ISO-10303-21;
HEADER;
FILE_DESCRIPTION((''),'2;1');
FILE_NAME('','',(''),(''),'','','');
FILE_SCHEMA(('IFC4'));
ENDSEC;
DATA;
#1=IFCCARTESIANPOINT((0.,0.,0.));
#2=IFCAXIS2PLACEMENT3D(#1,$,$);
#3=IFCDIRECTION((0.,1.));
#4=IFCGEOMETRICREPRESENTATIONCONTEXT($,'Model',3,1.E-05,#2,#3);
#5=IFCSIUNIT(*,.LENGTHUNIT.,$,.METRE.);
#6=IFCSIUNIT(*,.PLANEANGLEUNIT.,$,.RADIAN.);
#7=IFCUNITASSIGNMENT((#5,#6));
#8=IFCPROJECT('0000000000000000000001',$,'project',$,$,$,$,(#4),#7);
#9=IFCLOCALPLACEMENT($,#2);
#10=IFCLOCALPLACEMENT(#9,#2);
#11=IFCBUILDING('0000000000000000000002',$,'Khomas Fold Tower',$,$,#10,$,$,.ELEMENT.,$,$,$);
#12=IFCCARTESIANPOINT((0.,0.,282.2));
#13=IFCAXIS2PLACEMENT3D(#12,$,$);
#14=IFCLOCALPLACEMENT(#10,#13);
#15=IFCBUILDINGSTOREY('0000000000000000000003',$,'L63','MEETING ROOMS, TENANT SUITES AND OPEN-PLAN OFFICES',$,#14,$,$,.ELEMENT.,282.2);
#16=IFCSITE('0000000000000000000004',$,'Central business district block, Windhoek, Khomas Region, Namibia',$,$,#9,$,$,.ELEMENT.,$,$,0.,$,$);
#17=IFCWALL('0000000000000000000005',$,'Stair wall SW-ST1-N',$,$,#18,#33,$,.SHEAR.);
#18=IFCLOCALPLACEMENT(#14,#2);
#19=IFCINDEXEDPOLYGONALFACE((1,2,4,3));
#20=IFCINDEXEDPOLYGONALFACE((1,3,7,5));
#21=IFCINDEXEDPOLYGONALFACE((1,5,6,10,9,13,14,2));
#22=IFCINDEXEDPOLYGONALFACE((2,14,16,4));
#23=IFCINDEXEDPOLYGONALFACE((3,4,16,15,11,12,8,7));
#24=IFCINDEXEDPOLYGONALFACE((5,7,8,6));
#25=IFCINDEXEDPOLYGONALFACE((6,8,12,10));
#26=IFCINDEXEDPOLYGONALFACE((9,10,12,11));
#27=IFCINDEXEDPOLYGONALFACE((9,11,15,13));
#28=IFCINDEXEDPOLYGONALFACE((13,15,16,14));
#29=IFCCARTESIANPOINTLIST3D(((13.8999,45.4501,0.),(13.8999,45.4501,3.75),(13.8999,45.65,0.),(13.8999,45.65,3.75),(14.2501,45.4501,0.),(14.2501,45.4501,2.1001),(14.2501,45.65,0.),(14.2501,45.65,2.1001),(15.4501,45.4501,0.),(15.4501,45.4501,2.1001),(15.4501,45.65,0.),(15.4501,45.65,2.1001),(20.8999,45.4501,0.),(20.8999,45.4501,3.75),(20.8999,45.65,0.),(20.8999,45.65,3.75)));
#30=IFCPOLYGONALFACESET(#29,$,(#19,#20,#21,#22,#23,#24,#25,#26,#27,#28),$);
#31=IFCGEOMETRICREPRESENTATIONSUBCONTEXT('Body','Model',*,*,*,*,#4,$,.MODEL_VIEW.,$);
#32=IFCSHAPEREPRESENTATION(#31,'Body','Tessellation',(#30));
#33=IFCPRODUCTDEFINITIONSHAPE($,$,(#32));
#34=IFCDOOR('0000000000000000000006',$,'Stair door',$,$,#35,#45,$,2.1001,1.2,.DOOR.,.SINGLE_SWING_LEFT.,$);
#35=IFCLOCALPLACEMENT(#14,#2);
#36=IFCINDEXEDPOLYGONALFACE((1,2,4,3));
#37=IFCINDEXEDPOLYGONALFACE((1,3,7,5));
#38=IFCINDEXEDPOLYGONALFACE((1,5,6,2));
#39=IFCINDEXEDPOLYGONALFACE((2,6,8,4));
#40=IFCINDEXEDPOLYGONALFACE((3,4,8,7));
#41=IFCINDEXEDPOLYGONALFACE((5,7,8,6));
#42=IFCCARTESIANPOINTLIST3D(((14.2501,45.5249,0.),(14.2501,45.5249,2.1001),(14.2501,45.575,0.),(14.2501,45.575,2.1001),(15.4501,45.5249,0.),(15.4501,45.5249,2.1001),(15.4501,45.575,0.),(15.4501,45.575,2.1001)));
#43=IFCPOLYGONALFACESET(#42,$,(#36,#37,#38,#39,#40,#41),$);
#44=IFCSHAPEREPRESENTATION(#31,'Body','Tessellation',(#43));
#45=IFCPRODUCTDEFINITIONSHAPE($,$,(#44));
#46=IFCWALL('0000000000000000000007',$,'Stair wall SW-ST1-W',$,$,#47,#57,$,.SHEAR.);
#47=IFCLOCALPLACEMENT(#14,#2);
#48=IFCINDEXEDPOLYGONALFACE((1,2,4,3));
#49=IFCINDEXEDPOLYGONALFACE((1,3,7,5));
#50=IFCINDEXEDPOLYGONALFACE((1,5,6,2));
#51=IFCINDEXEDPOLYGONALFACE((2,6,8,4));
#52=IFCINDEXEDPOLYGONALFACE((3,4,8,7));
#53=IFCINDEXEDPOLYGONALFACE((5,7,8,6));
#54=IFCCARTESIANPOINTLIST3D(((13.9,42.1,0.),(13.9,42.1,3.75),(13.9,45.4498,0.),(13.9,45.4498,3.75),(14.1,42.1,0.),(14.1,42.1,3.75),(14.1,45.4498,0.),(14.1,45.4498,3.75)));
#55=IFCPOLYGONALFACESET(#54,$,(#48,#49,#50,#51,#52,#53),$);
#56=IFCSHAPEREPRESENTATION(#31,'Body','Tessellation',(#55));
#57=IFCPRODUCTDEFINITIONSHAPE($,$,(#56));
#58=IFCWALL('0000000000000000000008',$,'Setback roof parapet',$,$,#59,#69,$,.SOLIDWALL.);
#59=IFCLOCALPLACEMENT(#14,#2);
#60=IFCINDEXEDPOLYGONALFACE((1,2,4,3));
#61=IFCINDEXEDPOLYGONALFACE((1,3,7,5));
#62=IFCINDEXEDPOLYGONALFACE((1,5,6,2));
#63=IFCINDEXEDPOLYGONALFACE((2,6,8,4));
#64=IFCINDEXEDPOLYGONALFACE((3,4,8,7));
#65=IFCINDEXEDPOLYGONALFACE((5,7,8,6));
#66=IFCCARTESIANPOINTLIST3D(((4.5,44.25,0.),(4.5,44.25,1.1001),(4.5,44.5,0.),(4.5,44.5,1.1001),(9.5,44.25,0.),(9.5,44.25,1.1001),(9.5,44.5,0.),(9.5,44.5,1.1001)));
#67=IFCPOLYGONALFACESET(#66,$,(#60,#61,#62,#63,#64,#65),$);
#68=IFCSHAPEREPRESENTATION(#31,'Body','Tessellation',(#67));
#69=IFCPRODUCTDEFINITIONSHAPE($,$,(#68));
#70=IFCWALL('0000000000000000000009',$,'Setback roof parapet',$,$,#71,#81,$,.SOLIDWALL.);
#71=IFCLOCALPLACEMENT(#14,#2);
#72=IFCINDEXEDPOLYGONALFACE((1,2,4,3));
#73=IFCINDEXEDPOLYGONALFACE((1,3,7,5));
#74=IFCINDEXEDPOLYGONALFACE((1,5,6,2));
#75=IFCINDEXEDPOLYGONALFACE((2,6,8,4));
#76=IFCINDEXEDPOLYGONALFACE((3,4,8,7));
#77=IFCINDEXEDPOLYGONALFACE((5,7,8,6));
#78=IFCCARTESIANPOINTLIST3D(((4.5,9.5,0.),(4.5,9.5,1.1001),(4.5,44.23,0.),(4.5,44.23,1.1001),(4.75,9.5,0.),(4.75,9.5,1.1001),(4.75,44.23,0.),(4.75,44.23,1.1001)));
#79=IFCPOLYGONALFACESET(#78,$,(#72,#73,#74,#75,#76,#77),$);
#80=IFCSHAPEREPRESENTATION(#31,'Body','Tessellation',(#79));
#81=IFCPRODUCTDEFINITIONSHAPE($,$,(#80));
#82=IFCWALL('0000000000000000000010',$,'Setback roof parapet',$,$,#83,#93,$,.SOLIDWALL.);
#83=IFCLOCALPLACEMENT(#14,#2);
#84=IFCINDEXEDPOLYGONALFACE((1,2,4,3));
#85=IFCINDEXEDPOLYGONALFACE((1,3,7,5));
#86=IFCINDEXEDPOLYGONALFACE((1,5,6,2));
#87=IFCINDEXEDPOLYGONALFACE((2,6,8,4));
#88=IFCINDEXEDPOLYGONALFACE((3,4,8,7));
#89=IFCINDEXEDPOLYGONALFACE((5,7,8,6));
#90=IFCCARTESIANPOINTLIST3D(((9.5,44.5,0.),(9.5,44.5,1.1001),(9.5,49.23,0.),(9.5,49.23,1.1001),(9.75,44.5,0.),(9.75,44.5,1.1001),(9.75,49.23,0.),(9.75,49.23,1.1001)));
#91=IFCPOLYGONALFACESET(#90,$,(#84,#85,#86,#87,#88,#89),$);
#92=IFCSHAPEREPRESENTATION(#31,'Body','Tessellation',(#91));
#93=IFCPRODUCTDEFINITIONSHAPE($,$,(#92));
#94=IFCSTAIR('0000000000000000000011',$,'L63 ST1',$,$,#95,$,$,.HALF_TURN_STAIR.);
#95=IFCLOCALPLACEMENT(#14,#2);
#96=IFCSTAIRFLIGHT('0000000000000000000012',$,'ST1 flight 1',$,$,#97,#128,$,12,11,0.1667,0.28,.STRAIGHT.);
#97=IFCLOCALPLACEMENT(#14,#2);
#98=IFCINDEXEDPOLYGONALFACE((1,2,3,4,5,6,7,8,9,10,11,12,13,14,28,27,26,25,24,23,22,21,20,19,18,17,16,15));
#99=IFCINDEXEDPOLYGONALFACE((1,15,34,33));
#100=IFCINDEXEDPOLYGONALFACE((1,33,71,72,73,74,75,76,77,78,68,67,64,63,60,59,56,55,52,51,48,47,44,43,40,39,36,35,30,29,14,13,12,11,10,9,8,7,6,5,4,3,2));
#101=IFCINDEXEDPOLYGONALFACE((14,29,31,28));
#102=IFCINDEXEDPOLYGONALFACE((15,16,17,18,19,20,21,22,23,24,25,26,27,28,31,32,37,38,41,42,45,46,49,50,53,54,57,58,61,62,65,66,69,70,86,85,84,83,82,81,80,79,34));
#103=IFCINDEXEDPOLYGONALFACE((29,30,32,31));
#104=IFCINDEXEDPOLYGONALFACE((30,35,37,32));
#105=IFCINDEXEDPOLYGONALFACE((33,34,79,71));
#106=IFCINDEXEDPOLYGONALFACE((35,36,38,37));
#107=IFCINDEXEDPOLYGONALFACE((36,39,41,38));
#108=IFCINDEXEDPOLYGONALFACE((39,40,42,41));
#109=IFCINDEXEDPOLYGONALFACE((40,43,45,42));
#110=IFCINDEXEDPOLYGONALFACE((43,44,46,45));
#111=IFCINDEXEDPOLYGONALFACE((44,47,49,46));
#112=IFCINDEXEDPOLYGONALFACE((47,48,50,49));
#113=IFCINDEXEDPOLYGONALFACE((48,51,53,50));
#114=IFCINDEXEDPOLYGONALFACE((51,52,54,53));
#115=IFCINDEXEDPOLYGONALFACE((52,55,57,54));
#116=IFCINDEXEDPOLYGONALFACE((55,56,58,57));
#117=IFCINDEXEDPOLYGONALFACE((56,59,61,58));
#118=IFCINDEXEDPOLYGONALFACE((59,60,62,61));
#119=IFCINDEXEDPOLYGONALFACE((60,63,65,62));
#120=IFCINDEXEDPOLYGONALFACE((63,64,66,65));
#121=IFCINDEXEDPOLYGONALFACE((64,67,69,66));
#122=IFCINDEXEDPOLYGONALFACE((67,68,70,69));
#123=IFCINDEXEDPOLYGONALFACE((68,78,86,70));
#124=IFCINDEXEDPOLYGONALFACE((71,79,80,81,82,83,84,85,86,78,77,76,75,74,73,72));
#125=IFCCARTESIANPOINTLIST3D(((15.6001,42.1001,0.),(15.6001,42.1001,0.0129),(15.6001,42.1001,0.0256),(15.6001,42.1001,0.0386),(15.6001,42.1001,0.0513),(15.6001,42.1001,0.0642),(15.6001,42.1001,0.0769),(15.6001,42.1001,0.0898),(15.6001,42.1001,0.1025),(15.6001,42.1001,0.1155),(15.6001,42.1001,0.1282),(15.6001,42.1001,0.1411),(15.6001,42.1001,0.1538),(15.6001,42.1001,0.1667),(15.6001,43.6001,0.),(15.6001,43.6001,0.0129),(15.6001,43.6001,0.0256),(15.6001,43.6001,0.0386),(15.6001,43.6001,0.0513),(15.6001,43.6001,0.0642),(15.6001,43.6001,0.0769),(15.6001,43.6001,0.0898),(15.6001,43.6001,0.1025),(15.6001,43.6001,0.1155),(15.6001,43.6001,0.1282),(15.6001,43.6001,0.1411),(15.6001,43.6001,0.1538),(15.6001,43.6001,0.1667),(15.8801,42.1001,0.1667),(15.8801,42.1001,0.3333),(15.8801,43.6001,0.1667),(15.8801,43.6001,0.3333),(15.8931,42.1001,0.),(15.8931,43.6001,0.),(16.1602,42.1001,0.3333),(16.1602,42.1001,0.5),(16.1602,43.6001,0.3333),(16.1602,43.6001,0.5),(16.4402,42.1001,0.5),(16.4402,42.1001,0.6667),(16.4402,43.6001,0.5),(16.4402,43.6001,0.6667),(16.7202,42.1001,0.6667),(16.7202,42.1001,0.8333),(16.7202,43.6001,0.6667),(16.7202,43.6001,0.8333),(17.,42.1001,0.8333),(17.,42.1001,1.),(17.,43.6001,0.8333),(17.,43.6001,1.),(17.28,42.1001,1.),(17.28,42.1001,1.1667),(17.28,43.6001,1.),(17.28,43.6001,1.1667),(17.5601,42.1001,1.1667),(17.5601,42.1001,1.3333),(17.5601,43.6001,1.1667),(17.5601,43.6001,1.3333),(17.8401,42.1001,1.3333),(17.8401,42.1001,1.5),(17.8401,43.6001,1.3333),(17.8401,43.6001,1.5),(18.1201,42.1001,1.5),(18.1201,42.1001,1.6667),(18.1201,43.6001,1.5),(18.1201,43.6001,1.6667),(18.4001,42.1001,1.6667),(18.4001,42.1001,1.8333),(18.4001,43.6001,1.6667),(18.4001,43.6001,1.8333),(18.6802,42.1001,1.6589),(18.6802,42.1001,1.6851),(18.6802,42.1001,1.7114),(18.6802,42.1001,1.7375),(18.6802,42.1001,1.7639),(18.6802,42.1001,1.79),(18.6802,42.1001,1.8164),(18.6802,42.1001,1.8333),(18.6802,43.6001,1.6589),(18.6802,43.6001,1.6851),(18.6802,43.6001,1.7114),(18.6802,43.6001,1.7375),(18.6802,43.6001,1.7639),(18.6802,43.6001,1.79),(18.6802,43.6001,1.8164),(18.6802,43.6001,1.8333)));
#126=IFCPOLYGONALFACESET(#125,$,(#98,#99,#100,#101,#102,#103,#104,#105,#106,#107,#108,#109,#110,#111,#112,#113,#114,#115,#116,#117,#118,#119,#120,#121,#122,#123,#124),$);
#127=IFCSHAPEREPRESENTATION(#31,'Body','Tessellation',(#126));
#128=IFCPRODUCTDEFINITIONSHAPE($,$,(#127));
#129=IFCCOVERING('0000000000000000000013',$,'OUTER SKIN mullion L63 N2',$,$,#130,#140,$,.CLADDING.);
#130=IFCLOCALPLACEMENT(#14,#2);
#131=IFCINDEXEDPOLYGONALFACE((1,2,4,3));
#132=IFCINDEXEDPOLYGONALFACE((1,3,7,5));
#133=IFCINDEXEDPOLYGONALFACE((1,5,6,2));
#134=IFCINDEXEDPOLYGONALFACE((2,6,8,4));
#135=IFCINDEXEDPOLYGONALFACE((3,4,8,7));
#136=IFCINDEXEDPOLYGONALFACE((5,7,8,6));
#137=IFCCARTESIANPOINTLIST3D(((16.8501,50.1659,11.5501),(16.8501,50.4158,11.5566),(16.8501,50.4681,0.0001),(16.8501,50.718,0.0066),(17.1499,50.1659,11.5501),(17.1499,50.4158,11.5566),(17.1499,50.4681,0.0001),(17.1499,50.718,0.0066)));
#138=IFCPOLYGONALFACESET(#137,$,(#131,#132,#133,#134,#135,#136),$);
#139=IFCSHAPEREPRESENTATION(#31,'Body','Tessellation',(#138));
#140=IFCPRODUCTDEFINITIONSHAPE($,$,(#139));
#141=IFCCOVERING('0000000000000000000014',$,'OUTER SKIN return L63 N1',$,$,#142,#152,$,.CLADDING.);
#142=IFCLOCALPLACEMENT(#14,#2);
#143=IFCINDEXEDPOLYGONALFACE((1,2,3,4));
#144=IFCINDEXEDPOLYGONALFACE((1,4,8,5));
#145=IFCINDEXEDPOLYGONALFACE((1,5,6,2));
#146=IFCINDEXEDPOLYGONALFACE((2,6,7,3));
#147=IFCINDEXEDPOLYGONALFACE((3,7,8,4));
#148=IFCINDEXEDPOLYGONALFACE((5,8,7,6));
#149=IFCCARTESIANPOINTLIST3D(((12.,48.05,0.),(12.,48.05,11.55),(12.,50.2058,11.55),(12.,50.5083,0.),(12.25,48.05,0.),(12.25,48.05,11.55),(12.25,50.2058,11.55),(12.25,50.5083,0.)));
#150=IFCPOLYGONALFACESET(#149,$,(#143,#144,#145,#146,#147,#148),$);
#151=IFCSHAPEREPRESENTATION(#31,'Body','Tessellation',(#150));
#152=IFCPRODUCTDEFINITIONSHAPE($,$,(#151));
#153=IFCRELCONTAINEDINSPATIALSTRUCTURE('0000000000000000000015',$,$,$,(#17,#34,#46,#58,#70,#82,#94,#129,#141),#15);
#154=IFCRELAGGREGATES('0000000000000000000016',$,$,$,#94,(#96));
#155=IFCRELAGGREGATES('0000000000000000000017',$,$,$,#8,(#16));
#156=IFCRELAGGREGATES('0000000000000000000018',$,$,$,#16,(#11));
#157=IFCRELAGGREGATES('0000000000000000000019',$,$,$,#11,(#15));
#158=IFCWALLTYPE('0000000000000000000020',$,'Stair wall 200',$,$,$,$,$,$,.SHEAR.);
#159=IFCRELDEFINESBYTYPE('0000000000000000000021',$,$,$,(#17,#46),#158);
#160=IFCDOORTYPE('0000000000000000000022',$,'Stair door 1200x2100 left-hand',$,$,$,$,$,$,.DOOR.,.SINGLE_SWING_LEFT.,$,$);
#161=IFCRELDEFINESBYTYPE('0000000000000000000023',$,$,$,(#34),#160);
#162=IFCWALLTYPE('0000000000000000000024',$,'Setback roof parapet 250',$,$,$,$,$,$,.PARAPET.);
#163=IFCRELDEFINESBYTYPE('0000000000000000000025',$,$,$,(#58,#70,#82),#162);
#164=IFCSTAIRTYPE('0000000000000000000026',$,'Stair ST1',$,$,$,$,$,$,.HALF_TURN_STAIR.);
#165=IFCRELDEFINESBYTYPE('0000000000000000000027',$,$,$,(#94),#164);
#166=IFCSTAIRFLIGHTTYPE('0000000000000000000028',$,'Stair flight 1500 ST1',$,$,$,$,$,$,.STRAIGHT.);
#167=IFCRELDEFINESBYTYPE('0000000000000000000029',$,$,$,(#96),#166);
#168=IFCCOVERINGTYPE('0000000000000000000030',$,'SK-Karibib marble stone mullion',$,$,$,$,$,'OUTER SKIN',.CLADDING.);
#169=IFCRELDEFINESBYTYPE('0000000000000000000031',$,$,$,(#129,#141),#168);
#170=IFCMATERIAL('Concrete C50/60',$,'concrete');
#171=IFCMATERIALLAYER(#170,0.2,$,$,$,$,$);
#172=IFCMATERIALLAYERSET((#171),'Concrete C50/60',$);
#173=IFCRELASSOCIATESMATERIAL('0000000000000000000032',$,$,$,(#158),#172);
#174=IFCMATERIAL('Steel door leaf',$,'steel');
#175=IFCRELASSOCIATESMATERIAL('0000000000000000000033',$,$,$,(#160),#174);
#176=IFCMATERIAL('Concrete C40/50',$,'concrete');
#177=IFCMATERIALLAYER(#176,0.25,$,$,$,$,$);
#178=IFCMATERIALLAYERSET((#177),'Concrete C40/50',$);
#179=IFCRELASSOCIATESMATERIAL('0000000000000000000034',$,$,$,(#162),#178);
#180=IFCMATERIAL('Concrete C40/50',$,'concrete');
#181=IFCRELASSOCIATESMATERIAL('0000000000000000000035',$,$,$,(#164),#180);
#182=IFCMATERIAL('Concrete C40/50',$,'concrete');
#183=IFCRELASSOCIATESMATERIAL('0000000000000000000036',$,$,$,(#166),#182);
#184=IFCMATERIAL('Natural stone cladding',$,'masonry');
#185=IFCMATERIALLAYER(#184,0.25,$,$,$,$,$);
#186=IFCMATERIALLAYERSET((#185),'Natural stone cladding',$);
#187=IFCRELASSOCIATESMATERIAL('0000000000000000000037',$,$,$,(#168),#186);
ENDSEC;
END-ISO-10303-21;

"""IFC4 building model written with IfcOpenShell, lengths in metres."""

from ifc_helpers import new_model, si_unit, direction, frame, frame_2d, origin, place, context, subcontext, project, spatial, polyline, rectangle, outline, extrude, source, transform, mapped, material, layer, layer_set, type_object, element, fill, aggregate, save


model = new_model("IFC4")

# Units and contexts
model_context = context("Model", 3, precision=1e-05, world=origin(), true_north=direction((0.0, 1.0)))
body_context = subcontext(model_context, "Body", "Model", "MODEL_VIEW")
ifc_project = project(units=[si_unit("LENGTHUNIT", "METRE"), si_unit("PLANEANGLEUNIT", "RADIAN")], contexts=[model_context])

# Site, building, storey
site_placement = place(None, origin())
site = spatial("IfcSite", under=ifc_project, at=site_placement, Name="Central business district block, Windhoek, Khomas Region, Namibia", CompositionType="ELEMENT", RefElevation=0.0)
building_placement = place(site_placement, origin())
building = spatial("IfcBuilding", under=site, at=building_placement, Name="Khomas Fold Tower", CompositionType="ELEMENT")
storey_placement = place(building_placement, frame((0.0, 0.0, 282.2)))
storey = spatial("IfcBuildingStorey", under=building, at=storey_placement, Name="L63", Description="MEETING ROOMS, TENANT SUITES AND OPEN-PLAN OFFICES", CompositionType="ELEMENT", Elevation=282.2)

# Wall, opening, door
ifc_material_1 = material(Name="Concrete C50/60", Category="concrete")
ifc_layer_1 = layer(ifc_material_1, 0.2)
ifc_layer_set_1 = layer_set([ifc_layer_1], Name="Concrete C50/60")
wall_type_1 = type_object("IfcWallType", Name="Stair wall 200", PredefinedType="SHEAR", material=ifc_layer_set_1)
shared_shape_1 = source(origin(), body_context, "Body", "SweptSolid", [
    extrude(rectangle(XDim=7.0, YDim=0.2, at=frame_2d((3.5, 0.0))), origin(), (0.0, 0.0, 1.0), 3.75),
])
wall_1_placement = place(storey_placement, frame((13.8999, 45.55, 0.0), z_axis=(0.0, 0.0, 1.0), x_axis=(1.0, 0.0, 0.0)))
wall_1 = element("IfcWall", 1, at=wall_1_placement, inside=storey, type_object=wall_type_1, Name="Stair wall SW-ST1-N", PredefinedType="SHEAR", context=body_context, shape_type="MappedRepresentation", body=[
    mapped(shared_shape_1, transform((0.0, 0.0, 0.0))),
])
shared_shape_2 = source(origin(), body_context, "Body", "SweptSolid", [
    extrude(rectangle(XDim=1.2, YDim=2.1001, at=frame_2d((0.6001, 1.05))), frame((0.0, 0.1099, 0.0), z_axis=(0.0, -1.0, 0.0), x_axis=(1.0, 0.0, 0.0)), (0.0, 0.0, 1.0), 0.22),
])
opening_placement = place(wall_1_placement, frame((0.3501, 0.0, 0.0)))
opening = element("IfcOpeningElement", 2, at=opening_placement, cuts=wall_1, PredefinedType="OPENING", context=body_context, shape_type="MappedRepresentation", body=[
    mapped(shared_shape_2, transform((0.0, 0.0, 0.0))),
])
ifc_material_2 = material(Name="Steel door leaf", Category="steel")
door_type = type_object("IfcDoorType", Name="Stair door 1200x2100 left-hand", OperationType="SINGLE_SWING_LEFT", PredefinedType="DOOR", material=ifc_material_2)
shared_shape_3 = source(origin(), body_context, "Body", "SweptSolid", [
    extrude(rectangle(XDim=1.2, YDim=2.1001, at=frame_2d((0.6001, 1.05))), frame((0.0, 0.0249, 0.0), z_axis=(0.0, -1.0, 0.0), x_axis=(1.0, 0.0, 0.0)), (0.0, 0.0, 1.0), 0.05),
])
door_placement = place(opening_placement, origin())
door = element("IfcDoor", 3, at=door_placement, inside=storey, type_object=door_type, Name="Stair door", OperationType="SINGLE_SWING_LEFT", OverallHeight=2.1001, OverallWidth=1.2, PredefinedType="DOOR", context=body_context, shape_type="MappedRepresentation", body=[
    mapped(shared_shape_3, transform((0.0, 0.0, 0.0))),
])
fill(opening, door)

# Walls
shared_shape_4 = source(origin(), body_context, "Body", "SweptSolid", [
    extrude(rectangle(XDim=3.3499, YDim=0.2, at=frame_2d((1.6748, 0.0))), origin(), (0.0, 0.0, 1.0), 3.75),
])
wall_2_placement = place(storey_placement, frame((14.0, 42.1001, 0.0), z_axis=(0.0, 0.0, 1.0), x_axis=(0.0, 1.0, 0.0)))
element("IfcWall", 4, at=wall_2_placement, inside=storey, type_object=wall_type_1, Name="Stair wall SW-ST1-W", PredefinedType="SHEAR", context=body_context, shape_type="MappedRepresentation", body=[
    mapped(shared_shape_4, transform((0.0, 0.0, 0.0))),
])
ifc_material_3 = material(Name="Concrete C40/50", Category="concrete")
ifc_layer_2 = layer(ifc_material_3, 0.25)
ifc_layer_set_2 = layer_set([ifc_layer_2], Name="Concrete C40/50")
wall_type_2 = type_object("IfcWallType", Name="Setback roof parapet 250", PredefinedType="PARAPET", material=ifc_layer_set_2)
shared_shape_5 = source(origin(), body_context, "Body", "SweptSolid", [
    extrude(rectangle(XDim=5.0, YDim=0.25, at=frame_2d((2.5, 0.0))), origin(), (0.0, 0.0, 1.0), 1.1001),
])
wall_3_placement = place(storey_placement, frame((9.5, 44.375, 0.0), z_axis=(0.0, 0.0, 1.0), x_axis=(-1.0, 0.0, 0.0)))
element("IfcWall", 5, at=wall_3_placement, inside=storey, type_object=wall_type_2, Name="Setback roof parapet", PredefinedType="SOLIDWALL", context=body_context, shape_type="MappedRepresentation", body=[
    mapped(shared_shape_5, transform((0.0, 0.0, 0.0))),
])
shared_shape_6 = source(origin(), body_context, "Body", "SweptSolid", [
    extrude(rectangle(XDim=34.73, YDim=0.25, at=frame_2d((17.365, 0.0))), origin(), (0.0, 0.0, 1.0), 1.1001),
])
wall_4_placement = place(storey_placement, frame((4.625, 44.23, 0.0), z_axis=(0.0, 0.0, 1.0), x_axis=(0.0, -1.0, 0.0)))
element("IfcWall", 6, at=wall_4_placement, inside=storey, type_object=wall_type_2, Name="Setback roof parapet", PredefinedType="SOLIDWALL", context=body_context, shape_type="MappedRepresentation", body=[
    mapped(shared_shape_6, transform((0.0, 0.0, 0.0))),
])
shared_shape_7 = source(origin(), body_context, "Body", "SweptSolid", [
    extrude(rectangle(XDim=4.73, YDim=0.25, at=frame_2d((2.365, 0.0))), origin(), (0.0, 0.0, 1.0), 1.1001),
])
wall_5_placement = place(storey_placement, frame((9.625, 49.23, 0.0), z_axis=(0.0, 0.0, 1.0), x_axis=(0.0, -1.0, 0.0)))
element("IfcWall", 7, at=wall_5_placement, inside=storey, type_object=wall_type_2, Name="Setback roof parapet", PredefinedType="SOLIDWALL", context=body_context, shape_type="MappedRepresentation", body=[
    mapped(shared_shape_7, transform((0.0, 0.0, 0.0))),
])

# Stair, stair flight
ifc_material_4 = material(Name="Concrete C40/50", Category="concrete")
stair_type = type_object("IfcStairType", Name="Stair ST1", PredefinedType="HALF_TURN_STAIR", material=ifc_material_4)
stair_placement = place(storey_placement, origin())
stair = element("IfcStair", 8, at=stair_placement, inside=storey, type_object=stair_type, Name="L63 ST1", PredefinedType="HALF_TURN_STAIR")
ifc_material_5 = material(Name="Concrete C40/50", Category="concrete")
stair_flight_type = type_object("IfcStairFlightType", Name="Stair flight 1500 ST1", PredefinedType="STRAIGHT", material=ifc_material_5)
shared_shape_8 = source(origin(), body_context, "Body", "SweptSolid", [
    extrude(outline(polyline([(0.0, 0.0), (0.0, 0.0129), (0.0, 0.0256), (0.0, 0.0386), (0.0, 0.0513), (0.0, 0.0642), (0.0, 0.0769), (0.0, 0.0898), (0.0, 0.1025), (0.0, 0.1155), (0.0, 0.1282), (0.0, 0.1411), (0.0, 0.1538), (0.0, 0.1667), (0.28, 0.1667), (0.28, 0.3333), (0.5601, 0.3333), (0.5601, 0.5), (0.8401, 0.5), (0.8401, 0.6667), (1.1201, 0.6667), (1.1201, 0.8333), (1.3999, 0.8333), (1.3999, 1.0), (1.6799, 1.0), (1.6799, 1.1667), (1.96, 1.1667), (1.96, 1.3333), (2.24, 1.3333), (2.24, 1.5), (2.52, 1.5), (2.52, 1.6667), (2.8, 1.6667), (2.8, 1.8333), (3.0801, 1.8333), (3.0801, 2.0), (3.0801, 1.9739), (3.0801, 1.9475), (3.0801, 1.9214), (3.0801, 1.895), (3.0801, 1.8689), (3.0801, 1.8425), (3.0801, 1.8164), (3.0801, 1.79), (3.0801, 1.7639), (3.0801, 1.7375), (3.0801, 1.7114), (3.0801, 1.6851), (3.0801, 1.6589), (0.293, 0.0), (0.0, 0.0)])), frame((0.0, 0.75, 0.0), z_axis=(0.0, -1.0, 0.0), x_axis=(1.0, 0.0, 0.0)), (0.0, 0.0, 1.0), 1.5),
])
stair_flight_placement = place(storey_placement, frame((15.6001, 42.8501, 0.0), z_axis=(0.0, 0.0, 1.0), x_axis=(1.0, 0.0, 0.0)))
stair_flight = element("IfcStairFlight", 9, at=stair_flight_placement, type_object=stair_flight_type, Name="ST1 flight 1", NumberOfRisers=12, NumberOfTreads=11, PredefinedType="STRAIGHT", RiserHeight=0.1667, TreadLength=0.28, context=body_context, shape_type="MappedRepresentation", body=[
    mapped(shared_shape_8, transform((0.0, 0.0, 0.0))),
])
aggregate(stair, [stair_flight])

# Coverings
ifc_material_6 = material(Name="Natural stone cladding", Category="masonry")
ifc_layer_3 = layer(ifc_material_6, 0.25)
ifc_layer_set_3 = layer_set([ifc_layer_3], Name="Natural stone cladding")
covering_type = type_object("IfcCoveringType", Name="SK-Karibib marble stone mullion", ElementType="OUTER SKIN", PredefinedType="CLADDING", material=ifc_layer_set_3)
covering_1_placement = place(storey_placement, frame((16.8501, 50.718, 0.0066), z_axis=(0.0, 0.999658, 0.026159), x_axis=(1.0, 0.0, 0.0)))
element("IfcCovering", 10, at=covering_1_placement, inside=storey, type_object=covering_type, Name="OUTER SKIN mullion L63 N2", PredefinedType="CLADDING", context=body_context, shape_type="SweptSolid", body=[
    extrude(outline(polyline([(0.0, 0.0), (0.2998, 0.0), (0.2998, -11.554), (0.0, -11.554), (0.0, 0.0)])), origin(), (0.0, 0.0, -1.0), 0.25),
])
covering_2_placement = place(storey_placement, frame((12.0, 48.05, 11.55), z_axis=(-1.0, 0.0, 0.0), x_axis=(0.0, 1.0, 0.0)))
element("IfcCovering", 11, at=covering_2_placement, inside=storey, type_object=covering_type, Name="OUTER SKIN return L63 N1", PredefinedType="CLADDING", context=body_context, shape_type="SweptSolid", body=[
    extrude(outline(polyline([(0.0, 0.0), (2.1558, 0.0), (2.4583, 11.55), (0.0, 11.55), (0.0, 0.0)])), origin(), (0.0, 0.0, -1.0), 0.25),
])

save(model, "model.ifc")
